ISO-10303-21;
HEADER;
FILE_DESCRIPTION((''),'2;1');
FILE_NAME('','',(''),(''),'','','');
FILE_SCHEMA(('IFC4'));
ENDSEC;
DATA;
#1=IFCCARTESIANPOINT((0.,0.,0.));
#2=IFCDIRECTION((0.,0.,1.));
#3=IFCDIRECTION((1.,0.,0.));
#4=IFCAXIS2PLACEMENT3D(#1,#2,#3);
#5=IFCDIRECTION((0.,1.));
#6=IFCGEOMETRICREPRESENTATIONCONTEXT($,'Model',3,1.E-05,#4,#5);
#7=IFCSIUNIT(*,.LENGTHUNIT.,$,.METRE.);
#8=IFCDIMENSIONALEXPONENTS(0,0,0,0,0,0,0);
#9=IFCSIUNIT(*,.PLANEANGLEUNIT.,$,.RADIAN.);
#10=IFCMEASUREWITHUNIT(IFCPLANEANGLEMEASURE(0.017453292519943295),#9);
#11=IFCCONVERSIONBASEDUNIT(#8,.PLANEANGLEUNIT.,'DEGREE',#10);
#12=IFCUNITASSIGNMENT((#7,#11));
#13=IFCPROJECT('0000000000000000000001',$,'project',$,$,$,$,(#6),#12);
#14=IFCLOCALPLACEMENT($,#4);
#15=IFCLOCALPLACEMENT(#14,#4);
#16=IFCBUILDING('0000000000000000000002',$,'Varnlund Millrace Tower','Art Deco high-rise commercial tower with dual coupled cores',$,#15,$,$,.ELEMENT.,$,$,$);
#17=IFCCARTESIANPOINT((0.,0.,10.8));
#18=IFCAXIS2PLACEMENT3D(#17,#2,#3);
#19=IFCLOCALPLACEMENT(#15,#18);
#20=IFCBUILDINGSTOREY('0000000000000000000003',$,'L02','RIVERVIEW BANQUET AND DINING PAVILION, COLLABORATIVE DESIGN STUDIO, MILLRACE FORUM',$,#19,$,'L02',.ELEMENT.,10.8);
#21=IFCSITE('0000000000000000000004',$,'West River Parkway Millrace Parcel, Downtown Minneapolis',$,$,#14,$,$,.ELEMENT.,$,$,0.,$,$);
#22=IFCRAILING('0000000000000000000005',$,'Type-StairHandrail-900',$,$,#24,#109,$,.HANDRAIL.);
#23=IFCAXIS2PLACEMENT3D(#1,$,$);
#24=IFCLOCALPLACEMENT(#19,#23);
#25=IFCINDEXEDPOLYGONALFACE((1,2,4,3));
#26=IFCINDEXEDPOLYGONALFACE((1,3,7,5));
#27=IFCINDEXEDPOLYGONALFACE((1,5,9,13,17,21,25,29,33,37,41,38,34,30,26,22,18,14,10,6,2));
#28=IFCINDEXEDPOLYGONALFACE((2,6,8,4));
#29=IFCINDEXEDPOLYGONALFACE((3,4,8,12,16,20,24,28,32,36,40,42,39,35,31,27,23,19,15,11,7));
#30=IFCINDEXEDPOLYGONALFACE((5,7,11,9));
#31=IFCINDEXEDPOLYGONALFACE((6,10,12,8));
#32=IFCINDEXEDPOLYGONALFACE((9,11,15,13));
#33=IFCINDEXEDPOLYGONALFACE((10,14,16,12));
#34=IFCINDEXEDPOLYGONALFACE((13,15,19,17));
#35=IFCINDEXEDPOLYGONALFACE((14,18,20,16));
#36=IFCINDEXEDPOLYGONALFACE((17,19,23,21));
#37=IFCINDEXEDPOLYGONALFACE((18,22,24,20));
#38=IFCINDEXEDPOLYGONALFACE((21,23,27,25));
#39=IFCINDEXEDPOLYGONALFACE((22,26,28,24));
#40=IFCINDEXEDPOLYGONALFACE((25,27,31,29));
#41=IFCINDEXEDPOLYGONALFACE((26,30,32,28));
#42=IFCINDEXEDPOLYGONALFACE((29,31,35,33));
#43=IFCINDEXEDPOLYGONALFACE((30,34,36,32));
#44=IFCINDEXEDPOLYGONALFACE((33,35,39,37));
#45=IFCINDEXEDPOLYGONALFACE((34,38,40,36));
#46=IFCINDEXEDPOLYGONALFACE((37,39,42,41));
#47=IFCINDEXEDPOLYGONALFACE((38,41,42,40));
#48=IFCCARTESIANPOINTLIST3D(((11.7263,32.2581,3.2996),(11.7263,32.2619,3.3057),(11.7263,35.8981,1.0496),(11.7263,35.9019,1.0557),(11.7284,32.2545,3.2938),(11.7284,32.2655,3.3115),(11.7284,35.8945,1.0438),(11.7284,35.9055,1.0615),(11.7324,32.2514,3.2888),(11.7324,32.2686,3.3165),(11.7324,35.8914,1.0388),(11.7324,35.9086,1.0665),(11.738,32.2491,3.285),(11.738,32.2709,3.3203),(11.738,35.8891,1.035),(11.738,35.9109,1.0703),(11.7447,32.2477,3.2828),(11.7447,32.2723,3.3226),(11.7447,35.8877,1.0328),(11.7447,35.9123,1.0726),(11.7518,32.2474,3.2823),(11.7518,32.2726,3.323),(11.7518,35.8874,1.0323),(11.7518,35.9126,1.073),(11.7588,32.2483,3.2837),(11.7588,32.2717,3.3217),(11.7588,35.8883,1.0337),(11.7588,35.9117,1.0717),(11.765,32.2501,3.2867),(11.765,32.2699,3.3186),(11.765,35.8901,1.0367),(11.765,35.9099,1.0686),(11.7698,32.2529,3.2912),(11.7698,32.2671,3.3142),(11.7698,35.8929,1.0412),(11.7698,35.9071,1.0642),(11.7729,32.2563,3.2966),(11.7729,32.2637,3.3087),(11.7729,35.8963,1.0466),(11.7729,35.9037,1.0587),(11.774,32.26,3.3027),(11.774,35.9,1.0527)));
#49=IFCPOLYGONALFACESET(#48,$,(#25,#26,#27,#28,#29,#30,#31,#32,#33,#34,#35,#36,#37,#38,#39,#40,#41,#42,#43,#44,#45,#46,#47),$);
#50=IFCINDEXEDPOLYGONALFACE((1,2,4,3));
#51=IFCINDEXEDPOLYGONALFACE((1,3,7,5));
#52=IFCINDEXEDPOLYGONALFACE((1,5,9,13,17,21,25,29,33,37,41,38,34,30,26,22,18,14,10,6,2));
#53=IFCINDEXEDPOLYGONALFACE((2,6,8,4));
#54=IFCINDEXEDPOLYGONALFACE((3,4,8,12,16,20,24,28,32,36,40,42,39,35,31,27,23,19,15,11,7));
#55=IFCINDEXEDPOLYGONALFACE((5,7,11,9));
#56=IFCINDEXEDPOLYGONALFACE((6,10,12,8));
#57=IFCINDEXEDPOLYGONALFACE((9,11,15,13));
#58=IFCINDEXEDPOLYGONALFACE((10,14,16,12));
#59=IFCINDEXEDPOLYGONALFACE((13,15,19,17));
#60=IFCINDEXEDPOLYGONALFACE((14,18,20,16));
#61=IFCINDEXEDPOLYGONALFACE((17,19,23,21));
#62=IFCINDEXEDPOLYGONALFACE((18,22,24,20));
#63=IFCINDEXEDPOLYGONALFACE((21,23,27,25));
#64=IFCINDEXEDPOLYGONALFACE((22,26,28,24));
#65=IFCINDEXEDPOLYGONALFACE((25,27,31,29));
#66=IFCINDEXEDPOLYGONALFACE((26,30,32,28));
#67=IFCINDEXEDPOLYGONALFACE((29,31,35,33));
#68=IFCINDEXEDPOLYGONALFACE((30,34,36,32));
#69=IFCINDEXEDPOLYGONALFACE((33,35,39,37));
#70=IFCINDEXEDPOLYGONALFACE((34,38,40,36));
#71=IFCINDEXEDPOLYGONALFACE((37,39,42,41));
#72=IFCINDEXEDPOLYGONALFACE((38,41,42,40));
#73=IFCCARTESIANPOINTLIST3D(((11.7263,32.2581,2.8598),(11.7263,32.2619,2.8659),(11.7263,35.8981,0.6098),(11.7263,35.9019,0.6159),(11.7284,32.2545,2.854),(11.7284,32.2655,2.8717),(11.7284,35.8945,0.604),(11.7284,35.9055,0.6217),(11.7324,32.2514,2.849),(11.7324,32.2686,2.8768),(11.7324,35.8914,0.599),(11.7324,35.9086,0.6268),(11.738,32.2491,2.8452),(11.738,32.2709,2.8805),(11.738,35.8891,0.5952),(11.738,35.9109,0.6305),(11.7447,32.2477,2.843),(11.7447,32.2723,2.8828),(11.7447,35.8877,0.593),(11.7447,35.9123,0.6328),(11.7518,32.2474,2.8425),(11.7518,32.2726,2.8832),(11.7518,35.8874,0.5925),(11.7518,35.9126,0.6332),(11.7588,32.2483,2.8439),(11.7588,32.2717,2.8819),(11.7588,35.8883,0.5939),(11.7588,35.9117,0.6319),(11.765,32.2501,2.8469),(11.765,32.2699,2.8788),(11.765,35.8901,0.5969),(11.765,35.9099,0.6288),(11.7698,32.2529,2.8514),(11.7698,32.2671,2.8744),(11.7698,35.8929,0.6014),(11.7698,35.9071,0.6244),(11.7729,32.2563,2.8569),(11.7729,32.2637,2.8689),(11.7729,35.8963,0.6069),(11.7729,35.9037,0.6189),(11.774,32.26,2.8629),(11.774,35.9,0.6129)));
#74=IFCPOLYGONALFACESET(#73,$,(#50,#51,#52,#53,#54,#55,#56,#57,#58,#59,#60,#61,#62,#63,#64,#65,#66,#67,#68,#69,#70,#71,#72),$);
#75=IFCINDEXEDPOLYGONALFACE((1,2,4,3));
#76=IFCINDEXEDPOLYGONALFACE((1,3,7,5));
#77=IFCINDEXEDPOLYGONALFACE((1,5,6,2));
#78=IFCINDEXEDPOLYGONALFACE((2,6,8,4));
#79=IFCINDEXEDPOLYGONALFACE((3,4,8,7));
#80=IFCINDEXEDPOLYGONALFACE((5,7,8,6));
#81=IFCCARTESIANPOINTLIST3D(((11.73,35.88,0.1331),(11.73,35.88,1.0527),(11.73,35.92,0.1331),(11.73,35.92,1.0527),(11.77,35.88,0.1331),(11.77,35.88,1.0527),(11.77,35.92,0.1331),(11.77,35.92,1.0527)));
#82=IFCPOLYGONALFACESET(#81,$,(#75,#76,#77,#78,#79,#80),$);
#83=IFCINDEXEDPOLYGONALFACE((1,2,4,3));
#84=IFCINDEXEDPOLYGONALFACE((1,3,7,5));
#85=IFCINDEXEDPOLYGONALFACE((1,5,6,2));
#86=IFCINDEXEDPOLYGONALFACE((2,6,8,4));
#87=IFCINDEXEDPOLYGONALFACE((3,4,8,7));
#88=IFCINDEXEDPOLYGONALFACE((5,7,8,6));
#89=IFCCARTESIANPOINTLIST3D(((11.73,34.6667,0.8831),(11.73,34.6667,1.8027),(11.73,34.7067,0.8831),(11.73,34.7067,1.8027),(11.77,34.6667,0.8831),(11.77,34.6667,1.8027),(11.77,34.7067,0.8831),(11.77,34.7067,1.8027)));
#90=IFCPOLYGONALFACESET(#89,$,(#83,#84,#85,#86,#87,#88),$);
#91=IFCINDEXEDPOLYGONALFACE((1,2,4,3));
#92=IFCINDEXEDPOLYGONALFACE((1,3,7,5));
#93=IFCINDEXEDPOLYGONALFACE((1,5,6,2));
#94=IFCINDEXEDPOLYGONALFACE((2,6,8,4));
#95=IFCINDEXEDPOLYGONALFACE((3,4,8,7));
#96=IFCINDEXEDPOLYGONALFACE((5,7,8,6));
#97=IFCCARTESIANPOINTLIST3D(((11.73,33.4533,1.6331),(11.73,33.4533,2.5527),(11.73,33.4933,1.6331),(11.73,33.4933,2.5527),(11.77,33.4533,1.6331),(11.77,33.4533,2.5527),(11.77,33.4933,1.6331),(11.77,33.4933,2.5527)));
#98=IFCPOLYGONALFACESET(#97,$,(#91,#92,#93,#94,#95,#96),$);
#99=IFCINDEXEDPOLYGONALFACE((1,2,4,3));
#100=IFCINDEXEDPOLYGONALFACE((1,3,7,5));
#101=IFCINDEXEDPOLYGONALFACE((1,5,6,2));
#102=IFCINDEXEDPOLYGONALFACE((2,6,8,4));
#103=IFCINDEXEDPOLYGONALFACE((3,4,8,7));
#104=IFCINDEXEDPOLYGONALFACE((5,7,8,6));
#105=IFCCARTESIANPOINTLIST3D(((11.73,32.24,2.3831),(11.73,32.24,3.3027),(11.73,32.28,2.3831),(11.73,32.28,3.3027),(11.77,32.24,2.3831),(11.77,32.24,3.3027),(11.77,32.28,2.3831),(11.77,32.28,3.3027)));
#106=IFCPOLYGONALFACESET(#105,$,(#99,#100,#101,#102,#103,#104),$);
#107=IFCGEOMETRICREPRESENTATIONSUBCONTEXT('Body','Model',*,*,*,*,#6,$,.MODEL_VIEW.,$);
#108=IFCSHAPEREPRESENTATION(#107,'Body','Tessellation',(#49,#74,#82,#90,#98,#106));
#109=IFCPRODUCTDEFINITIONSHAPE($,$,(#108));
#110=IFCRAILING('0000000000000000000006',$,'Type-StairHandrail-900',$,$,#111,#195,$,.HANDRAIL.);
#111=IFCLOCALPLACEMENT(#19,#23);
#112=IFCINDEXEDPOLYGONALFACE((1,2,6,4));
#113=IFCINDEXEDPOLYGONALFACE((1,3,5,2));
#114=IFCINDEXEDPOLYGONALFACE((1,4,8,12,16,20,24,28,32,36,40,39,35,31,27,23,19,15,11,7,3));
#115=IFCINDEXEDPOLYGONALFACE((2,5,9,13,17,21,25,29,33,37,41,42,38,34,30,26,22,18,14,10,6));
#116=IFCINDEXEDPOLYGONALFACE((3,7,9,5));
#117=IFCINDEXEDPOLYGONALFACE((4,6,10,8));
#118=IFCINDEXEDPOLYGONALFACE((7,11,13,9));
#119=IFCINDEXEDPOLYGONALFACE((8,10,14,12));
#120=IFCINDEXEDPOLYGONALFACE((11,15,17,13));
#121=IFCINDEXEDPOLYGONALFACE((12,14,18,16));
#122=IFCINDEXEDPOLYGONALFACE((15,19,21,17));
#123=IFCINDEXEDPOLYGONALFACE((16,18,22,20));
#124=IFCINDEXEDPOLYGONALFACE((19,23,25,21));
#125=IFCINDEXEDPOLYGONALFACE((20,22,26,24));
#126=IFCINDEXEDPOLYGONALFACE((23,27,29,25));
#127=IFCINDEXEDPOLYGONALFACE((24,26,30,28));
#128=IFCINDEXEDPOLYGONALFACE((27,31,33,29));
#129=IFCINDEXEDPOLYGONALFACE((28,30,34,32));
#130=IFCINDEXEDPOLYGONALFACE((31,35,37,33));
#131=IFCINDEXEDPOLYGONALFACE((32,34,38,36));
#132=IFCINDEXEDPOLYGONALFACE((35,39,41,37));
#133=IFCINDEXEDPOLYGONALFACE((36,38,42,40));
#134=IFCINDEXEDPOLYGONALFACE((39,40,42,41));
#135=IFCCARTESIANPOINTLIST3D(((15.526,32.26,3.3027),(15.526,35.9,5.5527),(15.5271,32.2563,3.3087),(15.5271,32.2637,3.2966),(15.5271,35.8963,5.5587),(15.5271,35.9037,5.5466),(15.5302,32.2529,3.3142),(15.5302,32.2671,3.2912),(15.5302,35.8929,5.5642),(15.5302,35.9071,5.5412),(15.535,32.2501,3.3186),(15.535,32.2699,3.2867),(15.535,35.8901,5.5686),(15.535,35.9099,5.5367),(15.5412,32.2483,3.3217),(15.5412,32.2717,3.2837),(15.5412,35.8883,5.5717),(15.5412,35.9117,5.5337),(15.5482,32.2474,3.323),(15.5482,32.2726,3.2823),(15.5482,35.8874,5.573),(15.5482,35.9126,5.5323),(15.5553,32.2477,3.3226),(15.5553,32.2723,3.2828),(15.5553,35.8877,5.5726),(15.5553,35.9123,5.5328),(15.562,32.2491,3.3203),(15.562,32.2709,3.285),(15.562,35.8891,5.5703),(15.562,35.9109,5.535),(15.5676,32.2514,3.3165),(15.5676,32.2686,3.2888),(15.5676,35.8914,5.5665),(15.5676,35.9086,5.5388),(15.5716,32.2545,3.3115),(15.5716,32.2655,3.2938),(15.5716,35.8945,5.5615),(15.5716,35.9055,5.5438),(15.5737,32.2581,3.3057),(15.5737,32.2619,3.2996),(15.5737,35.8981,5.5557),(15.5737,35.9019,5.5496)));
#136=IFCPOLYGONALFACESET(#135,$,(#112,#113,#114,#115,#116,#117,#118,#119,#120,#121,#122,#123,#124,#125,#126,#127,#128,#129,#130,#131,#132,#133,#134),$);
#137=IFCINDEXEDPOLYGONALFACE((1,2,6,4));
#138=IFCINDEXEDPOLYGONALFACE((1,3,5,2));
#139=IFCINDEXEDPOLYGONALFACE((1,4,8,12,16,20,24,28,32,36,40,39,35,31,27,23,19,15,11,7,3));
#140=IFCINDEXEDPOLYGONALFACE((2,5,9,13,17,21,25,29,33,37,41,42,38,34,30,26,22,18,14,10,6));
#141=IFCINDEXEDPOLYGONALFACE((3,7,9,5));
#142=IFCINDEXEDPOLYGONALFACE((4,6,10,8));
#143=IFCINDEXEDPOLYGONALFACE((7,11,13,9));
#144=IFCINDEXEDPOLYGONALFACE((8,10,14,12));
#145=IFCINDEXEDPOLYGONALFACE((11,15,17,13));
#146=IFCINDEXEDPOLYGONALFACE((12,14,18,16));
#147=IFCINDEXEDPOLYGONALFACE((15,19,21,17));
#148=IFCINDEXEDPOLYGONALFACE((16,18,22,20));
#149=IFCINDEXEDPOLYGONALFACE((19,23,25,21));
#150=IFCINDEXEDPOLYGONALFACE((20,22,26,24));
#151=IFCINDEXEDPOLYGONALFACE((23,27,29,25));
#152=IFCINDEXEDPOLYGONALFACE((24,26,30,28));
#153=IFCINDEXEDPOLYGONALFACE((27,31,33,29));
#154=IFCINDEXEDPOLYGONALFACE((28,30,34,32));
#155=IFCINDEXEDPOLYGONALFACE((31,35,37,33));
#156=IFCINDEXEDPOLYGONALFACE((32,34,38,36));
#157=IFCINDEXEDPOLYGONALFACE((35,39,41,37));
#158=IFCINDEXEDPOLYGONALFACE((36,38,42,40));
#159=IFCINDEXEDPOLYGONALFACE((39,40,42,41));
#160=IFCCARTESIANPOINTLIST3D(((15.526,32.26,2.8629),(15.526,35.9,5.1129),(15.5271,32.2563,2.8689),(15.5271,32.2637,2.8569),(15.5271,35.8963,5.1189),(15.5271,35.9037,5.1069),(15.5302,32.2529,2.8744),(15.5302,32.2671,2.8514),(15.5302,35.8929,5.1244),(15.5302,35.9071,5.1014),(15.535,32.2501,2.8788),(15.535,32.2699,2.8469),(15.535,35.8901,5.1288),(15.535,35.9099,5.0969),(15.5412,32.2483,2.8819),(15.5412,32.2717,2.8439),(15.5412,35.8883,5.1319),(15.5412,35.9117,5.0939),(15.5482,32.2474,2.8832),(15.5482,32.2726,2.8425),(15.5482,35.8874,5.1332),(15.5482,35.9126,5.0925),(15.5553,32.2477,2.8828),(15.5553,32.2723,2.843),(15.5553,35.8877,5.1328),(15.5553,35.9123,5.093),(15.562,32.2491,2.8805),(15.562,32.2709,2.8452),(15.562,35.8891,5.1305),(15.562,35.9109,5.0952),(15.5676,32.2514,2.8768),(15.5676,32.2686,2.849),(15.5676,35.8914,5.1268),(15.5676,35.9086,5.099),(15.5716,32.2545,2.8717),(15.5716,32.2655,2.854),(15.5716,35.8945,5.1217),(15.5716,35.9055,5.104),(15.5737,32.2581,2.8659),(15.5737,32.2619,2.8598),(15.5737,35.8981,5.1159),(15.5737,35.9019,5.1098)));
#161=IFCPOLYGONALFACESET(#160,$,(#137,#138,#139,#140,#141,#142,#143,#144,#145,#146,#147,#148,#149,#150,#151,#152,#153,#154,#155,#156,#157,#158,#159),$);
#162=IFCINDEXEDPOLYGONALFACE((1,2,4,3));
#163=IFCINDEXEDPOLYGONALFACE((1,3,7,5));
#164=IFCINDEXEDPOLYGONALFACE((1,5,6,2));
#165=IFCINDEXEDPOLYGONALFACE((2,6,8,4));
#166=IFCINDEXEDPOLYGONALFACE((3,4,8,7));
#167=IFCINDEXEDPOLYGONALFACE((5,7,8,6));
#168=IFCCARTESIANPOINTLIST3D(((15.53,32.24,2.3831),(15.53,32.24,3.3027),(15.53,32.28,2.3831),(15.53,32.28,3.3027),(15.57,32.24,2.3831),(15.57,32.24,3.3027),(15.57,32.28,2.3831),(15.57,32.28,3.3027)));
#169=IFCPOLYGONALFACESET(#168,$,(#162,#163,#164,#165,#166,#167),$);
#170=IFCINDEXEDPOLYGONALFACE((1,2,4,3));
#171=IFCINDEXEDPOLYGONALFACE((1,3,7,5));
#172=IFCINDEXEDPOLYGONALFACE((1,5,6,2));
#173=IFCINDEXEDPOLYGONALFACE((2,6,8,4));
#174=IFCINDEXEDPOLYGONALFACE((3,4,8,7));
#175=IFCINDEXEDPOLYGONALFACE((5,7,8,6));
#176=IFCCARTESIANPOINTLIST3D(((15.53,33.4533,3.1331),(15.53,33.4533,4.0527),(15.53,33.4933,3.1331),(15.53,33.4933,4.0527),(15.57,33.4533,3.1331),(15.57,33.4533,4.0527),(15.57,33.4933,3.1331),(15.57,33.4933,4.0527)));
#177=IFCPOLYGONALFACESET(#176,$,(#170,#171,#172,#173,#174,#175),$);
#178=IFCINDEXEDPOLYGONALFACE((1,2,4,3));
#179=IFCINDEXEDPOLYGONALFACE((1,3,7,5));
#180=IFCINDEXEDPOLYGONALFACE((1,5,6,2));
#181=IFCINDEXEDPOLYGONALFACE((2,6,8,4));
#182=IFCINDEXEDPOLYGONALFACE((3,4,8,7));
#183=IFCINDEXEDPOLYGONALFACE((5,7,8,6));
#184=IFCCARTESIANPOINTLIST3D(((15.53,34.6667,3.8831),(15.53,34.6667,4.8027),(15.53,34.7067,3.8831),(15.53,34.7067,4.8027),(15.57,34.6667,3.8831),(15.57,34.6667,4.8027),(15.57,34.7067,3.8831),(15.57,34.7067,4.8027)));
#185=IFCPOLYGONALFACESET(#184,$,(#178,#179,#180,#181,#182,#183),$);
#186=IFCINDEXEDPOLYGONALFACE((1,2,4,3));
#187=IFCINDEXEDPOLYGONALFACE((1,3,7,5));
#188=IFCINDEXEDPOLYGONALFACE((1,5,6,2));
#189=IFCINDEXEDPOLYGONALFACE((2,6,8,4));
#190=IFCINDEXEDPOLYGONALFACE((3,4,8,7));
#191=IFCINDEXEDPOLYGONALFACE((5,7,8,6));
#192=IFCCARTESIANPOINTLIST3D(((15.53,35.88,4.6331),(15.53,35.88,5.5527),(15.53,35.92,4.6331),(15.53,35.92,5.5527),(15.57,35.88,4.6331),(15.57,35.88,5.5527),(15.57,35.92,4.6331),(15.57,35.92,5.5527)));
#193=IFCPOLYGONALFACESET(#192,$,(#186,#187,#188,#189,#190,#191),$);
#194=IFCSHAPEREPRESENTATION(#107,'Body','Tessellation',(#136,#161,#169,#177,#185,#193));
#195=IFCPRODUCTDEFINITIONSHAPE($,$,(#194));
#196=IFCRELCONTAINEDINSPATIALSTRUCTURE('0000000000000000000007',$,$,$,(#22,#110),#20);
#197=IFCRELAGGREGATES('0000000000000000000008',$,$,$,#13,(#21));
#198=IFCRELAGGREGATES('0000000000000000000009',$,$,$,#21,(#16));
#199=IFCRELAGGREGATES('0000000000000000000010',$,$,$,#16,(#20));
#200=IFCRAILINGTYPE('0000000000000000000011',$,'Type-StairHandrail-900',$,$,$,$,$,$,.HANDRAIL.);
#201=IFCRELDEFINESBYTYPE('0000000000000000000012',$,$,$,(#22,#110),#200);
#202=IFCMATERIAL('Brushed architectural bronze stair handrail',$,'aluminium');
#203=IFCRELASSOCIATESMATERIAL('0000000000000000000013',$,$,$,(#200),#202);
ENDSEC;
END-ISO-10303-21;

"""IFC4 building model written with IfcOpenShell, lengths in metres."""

from ifc_helpers import new_model, entity, si_unit, converted_unit, direction, frame, origin_with_axes, origin_2d_with_axis, place, context, subcontext, project, spatial, rectangle, circle, extrude, material, type_object, element, save


model = new_model("IFC4")

# Units and contexts
model_context = context("Model", 3, precision=1e-05, world=origin_with_axes(), true_north=direction((0.0, 1.0)))
body_context = subcontext(model_context, "Body", "Model", "MODEL_VIEW")
ifc_project = project(units=[si_unit("LENGTHUNIT", "METRE"), converted_unit("PLANEANGLEUNIT", "DEGREE", entity("IfcPlaneAngleMeasure", 0.017453292519943295), si_unit("PLANEANGLEUNIT", "RADIAN"), dimensions=[0, 0, 0, 0, 0, 0, 0])], contexts=[model_context])

# Site, building, storey
site_placement = place(None, origin_with_axes())
site = spatial("IfcSite", under=ifc_project, at=site_placement, Name="West River Parkway Millrace Parcel, Downtown Minneapolis", CompositionType="ELEMENT", RefElevation=0.0)
building_placement = place(site_placement, origin_with_axes())
building = spatial("IfcBuilding", under=site, at=building_placement, Name="Varnlund Millrace Tower", Description="Art Deco high-rise commercial tower with dual coupled cores", CompositionType="ELEMENT")
storey_placement = place(building_placement, frame((0.0, 0.0, 10.8), z_axis=(0.0, 0.0, 1.0), x_axis=(1.0, 0.0, 0.0)))
storey = spatial("IfcBuildingStorey", under=building, at=storey_placement, Name="L02", Description="RIVERVIEW BANQUET AND DINING PAVILION, COLLABORATIVE DESIGN STUDIO, MILLRACE FORUM", LongName="L02", CompositionType="ELEMENT", Elevation=10.8)

# Railings
ifc_material_1 = material(Name="Brushed architectural bronze stair handrail", Category="aluminium")
railing_type_1 = type_object("IfcRailingType", Name="Type-StairHandrail-900", PredefinedType="HANDRAIL", material=ifc_material_1)
railing_1_placement = place(storey_placement, frame((0.0, 0.0, -10.8), z_axis=(0.0, 0.0, 1.0), x_axis=(1.0, 0.0, 0.0)))
element("IfcRailing", 1, at=railing_1_placement, inside=storey, type_object=railing_type_1, Name="Type-StairHandrail-900", PredefinedType="HANDRAIL", context=body_context, shape_type="SweptSolid", body=[
    extrude(circle(Radius=0.024, at=origin_2d_with_axis()), frame((11.75, 35.9, 11.8527), z_axis=(0.0, -0.850614, 0.525791), x_axis=(1.0, 0.0, 0.0)), (0.0, 0.0, 1.0), 4.2793),
    extrude(circle(Radius=0.024, at=origin_2d_with_axis()), frame((11.75, 35.9, 11.4129), z_axis=(0.0, -0.850614, 0.525791), x_axis=(1.0, 0.0, 0.0)), (0.0, 0.0, 1.0), 4.2793),
    extrude(rectangle(XDim=0.04, YDim=0.04, at=origin_2d_with_axis()), frame((11.75, 35.9, 10.9331), z_axis=(0.0, 0.0, 1.0), x_axis=(1.0, 0.0, 0.0)), (0.0, 0.0, 1.0), 0.9196),
    extrude(rectangle(XDim=0.04, YDim=0.04, at=origin_2d_with_axis()), frame((11.75, 34.6867, 11.6831), z_axis=(0.0, 0.0, 1.0), x_axis=(1.0, 0.0, 0.0)), (0.0, 0.0, 1.0), 0.9196),
    extrude(rectangle(XDim=0.04, YDim=0.04, at=origin_2d_with_axis()), frame((11.75, 33.4733, 12.4331), z_axis=(0.0, 0.0, 1.0), x_axis=(1.0, 0.0, 0.0)), (0.0, 0.0, 1.0), 0.9196),
    extrude(rectangle(XDim=0.04, YDim=0.04, at=origin_2d_with_axis()), frame((11.75, 32.26, 13.1831), z_axis=(0.0, 0.0, 1.0), x_axis=(1.0, 0.0, 0.0)), (0.0, 0.0, 1.0), 0.9196),
])
railing_2_placement = place(storey_placement, frame((0.0, 0.0, -10.8), z_axis=(0.0, 0.0, 1.0), x_axis=(1.0, 0.0, 0.0)))
element("IfcRailing", 2, at=railing_2_placement, inside=storey, type_object=railing_type_1, Name="Type-StairHandrail-900", PredefinedType="HANDRAIL", context=body_context, shape_type="SweptSolid", body=[
    extrude(circle(Radius=0.024, at=origin_2d_with_axis()), frame((15.55, 32.26, 14.1027), z_axis=(0.0, 0.850614, 0.525791), x_axis=(-1.0, 0.0, 0.0)), (0.0, 0.0, 1.0), 4.2793),
    extrude(circle(Radius=0.024, at=origin_2d_with_axis()), frame((15.55, 32.26, 13.6629), z_axis=(0.0, 0.850614, 0.525791), x_axis=(-1.0, 0.0, 0.0)), (0.0, 0.0, 1.0), 4.2793),
    extrude(rectangle(XDim=0.04, YDim=0.04, at=origin_2d_with_axis()), frame((15.55, 32.26, 13.1831), z_axis=(0.0, 0.0, 1.0), x_axis=(1.0, 0.0, 0.0)), (0.0, 0.0, 1.0), 0.9196),
    extrude(rectangle(XDim=0.04, YDim=0.04, at=origin_2d_with_axis()), frame((15.55, 33.4733, 13.9331), z_axis=(0.0, 0.0, 1.0), x_axis=(1.0, 0.0, 0.0)), (0.0, 0.0, 1.0), 0.9196),
    extrude(rectangle(XDim=0.04, YDim=0.04, at=origin_2d_with_axis()), frame((15.55, 34.6867, 14.6831), z_axis=(0.0, 0.0, 1.0), x_axis=(1.0, 0.0, 0.0)), (0.0, 0.0, 1.0), 0.9196),
    extrude(rectangle(XDim=0.04, YDim=0.04, at=origin_2d_with_axis()), frame((15.55, 35.9, 15.4331), z_axis=(0.0, 0.0, 1.0), x_axis=(1.0, 0.0, 0.0)), (0.0, 0.0, 1.0), 0.9196),
])

save(model, "model.ifc")
